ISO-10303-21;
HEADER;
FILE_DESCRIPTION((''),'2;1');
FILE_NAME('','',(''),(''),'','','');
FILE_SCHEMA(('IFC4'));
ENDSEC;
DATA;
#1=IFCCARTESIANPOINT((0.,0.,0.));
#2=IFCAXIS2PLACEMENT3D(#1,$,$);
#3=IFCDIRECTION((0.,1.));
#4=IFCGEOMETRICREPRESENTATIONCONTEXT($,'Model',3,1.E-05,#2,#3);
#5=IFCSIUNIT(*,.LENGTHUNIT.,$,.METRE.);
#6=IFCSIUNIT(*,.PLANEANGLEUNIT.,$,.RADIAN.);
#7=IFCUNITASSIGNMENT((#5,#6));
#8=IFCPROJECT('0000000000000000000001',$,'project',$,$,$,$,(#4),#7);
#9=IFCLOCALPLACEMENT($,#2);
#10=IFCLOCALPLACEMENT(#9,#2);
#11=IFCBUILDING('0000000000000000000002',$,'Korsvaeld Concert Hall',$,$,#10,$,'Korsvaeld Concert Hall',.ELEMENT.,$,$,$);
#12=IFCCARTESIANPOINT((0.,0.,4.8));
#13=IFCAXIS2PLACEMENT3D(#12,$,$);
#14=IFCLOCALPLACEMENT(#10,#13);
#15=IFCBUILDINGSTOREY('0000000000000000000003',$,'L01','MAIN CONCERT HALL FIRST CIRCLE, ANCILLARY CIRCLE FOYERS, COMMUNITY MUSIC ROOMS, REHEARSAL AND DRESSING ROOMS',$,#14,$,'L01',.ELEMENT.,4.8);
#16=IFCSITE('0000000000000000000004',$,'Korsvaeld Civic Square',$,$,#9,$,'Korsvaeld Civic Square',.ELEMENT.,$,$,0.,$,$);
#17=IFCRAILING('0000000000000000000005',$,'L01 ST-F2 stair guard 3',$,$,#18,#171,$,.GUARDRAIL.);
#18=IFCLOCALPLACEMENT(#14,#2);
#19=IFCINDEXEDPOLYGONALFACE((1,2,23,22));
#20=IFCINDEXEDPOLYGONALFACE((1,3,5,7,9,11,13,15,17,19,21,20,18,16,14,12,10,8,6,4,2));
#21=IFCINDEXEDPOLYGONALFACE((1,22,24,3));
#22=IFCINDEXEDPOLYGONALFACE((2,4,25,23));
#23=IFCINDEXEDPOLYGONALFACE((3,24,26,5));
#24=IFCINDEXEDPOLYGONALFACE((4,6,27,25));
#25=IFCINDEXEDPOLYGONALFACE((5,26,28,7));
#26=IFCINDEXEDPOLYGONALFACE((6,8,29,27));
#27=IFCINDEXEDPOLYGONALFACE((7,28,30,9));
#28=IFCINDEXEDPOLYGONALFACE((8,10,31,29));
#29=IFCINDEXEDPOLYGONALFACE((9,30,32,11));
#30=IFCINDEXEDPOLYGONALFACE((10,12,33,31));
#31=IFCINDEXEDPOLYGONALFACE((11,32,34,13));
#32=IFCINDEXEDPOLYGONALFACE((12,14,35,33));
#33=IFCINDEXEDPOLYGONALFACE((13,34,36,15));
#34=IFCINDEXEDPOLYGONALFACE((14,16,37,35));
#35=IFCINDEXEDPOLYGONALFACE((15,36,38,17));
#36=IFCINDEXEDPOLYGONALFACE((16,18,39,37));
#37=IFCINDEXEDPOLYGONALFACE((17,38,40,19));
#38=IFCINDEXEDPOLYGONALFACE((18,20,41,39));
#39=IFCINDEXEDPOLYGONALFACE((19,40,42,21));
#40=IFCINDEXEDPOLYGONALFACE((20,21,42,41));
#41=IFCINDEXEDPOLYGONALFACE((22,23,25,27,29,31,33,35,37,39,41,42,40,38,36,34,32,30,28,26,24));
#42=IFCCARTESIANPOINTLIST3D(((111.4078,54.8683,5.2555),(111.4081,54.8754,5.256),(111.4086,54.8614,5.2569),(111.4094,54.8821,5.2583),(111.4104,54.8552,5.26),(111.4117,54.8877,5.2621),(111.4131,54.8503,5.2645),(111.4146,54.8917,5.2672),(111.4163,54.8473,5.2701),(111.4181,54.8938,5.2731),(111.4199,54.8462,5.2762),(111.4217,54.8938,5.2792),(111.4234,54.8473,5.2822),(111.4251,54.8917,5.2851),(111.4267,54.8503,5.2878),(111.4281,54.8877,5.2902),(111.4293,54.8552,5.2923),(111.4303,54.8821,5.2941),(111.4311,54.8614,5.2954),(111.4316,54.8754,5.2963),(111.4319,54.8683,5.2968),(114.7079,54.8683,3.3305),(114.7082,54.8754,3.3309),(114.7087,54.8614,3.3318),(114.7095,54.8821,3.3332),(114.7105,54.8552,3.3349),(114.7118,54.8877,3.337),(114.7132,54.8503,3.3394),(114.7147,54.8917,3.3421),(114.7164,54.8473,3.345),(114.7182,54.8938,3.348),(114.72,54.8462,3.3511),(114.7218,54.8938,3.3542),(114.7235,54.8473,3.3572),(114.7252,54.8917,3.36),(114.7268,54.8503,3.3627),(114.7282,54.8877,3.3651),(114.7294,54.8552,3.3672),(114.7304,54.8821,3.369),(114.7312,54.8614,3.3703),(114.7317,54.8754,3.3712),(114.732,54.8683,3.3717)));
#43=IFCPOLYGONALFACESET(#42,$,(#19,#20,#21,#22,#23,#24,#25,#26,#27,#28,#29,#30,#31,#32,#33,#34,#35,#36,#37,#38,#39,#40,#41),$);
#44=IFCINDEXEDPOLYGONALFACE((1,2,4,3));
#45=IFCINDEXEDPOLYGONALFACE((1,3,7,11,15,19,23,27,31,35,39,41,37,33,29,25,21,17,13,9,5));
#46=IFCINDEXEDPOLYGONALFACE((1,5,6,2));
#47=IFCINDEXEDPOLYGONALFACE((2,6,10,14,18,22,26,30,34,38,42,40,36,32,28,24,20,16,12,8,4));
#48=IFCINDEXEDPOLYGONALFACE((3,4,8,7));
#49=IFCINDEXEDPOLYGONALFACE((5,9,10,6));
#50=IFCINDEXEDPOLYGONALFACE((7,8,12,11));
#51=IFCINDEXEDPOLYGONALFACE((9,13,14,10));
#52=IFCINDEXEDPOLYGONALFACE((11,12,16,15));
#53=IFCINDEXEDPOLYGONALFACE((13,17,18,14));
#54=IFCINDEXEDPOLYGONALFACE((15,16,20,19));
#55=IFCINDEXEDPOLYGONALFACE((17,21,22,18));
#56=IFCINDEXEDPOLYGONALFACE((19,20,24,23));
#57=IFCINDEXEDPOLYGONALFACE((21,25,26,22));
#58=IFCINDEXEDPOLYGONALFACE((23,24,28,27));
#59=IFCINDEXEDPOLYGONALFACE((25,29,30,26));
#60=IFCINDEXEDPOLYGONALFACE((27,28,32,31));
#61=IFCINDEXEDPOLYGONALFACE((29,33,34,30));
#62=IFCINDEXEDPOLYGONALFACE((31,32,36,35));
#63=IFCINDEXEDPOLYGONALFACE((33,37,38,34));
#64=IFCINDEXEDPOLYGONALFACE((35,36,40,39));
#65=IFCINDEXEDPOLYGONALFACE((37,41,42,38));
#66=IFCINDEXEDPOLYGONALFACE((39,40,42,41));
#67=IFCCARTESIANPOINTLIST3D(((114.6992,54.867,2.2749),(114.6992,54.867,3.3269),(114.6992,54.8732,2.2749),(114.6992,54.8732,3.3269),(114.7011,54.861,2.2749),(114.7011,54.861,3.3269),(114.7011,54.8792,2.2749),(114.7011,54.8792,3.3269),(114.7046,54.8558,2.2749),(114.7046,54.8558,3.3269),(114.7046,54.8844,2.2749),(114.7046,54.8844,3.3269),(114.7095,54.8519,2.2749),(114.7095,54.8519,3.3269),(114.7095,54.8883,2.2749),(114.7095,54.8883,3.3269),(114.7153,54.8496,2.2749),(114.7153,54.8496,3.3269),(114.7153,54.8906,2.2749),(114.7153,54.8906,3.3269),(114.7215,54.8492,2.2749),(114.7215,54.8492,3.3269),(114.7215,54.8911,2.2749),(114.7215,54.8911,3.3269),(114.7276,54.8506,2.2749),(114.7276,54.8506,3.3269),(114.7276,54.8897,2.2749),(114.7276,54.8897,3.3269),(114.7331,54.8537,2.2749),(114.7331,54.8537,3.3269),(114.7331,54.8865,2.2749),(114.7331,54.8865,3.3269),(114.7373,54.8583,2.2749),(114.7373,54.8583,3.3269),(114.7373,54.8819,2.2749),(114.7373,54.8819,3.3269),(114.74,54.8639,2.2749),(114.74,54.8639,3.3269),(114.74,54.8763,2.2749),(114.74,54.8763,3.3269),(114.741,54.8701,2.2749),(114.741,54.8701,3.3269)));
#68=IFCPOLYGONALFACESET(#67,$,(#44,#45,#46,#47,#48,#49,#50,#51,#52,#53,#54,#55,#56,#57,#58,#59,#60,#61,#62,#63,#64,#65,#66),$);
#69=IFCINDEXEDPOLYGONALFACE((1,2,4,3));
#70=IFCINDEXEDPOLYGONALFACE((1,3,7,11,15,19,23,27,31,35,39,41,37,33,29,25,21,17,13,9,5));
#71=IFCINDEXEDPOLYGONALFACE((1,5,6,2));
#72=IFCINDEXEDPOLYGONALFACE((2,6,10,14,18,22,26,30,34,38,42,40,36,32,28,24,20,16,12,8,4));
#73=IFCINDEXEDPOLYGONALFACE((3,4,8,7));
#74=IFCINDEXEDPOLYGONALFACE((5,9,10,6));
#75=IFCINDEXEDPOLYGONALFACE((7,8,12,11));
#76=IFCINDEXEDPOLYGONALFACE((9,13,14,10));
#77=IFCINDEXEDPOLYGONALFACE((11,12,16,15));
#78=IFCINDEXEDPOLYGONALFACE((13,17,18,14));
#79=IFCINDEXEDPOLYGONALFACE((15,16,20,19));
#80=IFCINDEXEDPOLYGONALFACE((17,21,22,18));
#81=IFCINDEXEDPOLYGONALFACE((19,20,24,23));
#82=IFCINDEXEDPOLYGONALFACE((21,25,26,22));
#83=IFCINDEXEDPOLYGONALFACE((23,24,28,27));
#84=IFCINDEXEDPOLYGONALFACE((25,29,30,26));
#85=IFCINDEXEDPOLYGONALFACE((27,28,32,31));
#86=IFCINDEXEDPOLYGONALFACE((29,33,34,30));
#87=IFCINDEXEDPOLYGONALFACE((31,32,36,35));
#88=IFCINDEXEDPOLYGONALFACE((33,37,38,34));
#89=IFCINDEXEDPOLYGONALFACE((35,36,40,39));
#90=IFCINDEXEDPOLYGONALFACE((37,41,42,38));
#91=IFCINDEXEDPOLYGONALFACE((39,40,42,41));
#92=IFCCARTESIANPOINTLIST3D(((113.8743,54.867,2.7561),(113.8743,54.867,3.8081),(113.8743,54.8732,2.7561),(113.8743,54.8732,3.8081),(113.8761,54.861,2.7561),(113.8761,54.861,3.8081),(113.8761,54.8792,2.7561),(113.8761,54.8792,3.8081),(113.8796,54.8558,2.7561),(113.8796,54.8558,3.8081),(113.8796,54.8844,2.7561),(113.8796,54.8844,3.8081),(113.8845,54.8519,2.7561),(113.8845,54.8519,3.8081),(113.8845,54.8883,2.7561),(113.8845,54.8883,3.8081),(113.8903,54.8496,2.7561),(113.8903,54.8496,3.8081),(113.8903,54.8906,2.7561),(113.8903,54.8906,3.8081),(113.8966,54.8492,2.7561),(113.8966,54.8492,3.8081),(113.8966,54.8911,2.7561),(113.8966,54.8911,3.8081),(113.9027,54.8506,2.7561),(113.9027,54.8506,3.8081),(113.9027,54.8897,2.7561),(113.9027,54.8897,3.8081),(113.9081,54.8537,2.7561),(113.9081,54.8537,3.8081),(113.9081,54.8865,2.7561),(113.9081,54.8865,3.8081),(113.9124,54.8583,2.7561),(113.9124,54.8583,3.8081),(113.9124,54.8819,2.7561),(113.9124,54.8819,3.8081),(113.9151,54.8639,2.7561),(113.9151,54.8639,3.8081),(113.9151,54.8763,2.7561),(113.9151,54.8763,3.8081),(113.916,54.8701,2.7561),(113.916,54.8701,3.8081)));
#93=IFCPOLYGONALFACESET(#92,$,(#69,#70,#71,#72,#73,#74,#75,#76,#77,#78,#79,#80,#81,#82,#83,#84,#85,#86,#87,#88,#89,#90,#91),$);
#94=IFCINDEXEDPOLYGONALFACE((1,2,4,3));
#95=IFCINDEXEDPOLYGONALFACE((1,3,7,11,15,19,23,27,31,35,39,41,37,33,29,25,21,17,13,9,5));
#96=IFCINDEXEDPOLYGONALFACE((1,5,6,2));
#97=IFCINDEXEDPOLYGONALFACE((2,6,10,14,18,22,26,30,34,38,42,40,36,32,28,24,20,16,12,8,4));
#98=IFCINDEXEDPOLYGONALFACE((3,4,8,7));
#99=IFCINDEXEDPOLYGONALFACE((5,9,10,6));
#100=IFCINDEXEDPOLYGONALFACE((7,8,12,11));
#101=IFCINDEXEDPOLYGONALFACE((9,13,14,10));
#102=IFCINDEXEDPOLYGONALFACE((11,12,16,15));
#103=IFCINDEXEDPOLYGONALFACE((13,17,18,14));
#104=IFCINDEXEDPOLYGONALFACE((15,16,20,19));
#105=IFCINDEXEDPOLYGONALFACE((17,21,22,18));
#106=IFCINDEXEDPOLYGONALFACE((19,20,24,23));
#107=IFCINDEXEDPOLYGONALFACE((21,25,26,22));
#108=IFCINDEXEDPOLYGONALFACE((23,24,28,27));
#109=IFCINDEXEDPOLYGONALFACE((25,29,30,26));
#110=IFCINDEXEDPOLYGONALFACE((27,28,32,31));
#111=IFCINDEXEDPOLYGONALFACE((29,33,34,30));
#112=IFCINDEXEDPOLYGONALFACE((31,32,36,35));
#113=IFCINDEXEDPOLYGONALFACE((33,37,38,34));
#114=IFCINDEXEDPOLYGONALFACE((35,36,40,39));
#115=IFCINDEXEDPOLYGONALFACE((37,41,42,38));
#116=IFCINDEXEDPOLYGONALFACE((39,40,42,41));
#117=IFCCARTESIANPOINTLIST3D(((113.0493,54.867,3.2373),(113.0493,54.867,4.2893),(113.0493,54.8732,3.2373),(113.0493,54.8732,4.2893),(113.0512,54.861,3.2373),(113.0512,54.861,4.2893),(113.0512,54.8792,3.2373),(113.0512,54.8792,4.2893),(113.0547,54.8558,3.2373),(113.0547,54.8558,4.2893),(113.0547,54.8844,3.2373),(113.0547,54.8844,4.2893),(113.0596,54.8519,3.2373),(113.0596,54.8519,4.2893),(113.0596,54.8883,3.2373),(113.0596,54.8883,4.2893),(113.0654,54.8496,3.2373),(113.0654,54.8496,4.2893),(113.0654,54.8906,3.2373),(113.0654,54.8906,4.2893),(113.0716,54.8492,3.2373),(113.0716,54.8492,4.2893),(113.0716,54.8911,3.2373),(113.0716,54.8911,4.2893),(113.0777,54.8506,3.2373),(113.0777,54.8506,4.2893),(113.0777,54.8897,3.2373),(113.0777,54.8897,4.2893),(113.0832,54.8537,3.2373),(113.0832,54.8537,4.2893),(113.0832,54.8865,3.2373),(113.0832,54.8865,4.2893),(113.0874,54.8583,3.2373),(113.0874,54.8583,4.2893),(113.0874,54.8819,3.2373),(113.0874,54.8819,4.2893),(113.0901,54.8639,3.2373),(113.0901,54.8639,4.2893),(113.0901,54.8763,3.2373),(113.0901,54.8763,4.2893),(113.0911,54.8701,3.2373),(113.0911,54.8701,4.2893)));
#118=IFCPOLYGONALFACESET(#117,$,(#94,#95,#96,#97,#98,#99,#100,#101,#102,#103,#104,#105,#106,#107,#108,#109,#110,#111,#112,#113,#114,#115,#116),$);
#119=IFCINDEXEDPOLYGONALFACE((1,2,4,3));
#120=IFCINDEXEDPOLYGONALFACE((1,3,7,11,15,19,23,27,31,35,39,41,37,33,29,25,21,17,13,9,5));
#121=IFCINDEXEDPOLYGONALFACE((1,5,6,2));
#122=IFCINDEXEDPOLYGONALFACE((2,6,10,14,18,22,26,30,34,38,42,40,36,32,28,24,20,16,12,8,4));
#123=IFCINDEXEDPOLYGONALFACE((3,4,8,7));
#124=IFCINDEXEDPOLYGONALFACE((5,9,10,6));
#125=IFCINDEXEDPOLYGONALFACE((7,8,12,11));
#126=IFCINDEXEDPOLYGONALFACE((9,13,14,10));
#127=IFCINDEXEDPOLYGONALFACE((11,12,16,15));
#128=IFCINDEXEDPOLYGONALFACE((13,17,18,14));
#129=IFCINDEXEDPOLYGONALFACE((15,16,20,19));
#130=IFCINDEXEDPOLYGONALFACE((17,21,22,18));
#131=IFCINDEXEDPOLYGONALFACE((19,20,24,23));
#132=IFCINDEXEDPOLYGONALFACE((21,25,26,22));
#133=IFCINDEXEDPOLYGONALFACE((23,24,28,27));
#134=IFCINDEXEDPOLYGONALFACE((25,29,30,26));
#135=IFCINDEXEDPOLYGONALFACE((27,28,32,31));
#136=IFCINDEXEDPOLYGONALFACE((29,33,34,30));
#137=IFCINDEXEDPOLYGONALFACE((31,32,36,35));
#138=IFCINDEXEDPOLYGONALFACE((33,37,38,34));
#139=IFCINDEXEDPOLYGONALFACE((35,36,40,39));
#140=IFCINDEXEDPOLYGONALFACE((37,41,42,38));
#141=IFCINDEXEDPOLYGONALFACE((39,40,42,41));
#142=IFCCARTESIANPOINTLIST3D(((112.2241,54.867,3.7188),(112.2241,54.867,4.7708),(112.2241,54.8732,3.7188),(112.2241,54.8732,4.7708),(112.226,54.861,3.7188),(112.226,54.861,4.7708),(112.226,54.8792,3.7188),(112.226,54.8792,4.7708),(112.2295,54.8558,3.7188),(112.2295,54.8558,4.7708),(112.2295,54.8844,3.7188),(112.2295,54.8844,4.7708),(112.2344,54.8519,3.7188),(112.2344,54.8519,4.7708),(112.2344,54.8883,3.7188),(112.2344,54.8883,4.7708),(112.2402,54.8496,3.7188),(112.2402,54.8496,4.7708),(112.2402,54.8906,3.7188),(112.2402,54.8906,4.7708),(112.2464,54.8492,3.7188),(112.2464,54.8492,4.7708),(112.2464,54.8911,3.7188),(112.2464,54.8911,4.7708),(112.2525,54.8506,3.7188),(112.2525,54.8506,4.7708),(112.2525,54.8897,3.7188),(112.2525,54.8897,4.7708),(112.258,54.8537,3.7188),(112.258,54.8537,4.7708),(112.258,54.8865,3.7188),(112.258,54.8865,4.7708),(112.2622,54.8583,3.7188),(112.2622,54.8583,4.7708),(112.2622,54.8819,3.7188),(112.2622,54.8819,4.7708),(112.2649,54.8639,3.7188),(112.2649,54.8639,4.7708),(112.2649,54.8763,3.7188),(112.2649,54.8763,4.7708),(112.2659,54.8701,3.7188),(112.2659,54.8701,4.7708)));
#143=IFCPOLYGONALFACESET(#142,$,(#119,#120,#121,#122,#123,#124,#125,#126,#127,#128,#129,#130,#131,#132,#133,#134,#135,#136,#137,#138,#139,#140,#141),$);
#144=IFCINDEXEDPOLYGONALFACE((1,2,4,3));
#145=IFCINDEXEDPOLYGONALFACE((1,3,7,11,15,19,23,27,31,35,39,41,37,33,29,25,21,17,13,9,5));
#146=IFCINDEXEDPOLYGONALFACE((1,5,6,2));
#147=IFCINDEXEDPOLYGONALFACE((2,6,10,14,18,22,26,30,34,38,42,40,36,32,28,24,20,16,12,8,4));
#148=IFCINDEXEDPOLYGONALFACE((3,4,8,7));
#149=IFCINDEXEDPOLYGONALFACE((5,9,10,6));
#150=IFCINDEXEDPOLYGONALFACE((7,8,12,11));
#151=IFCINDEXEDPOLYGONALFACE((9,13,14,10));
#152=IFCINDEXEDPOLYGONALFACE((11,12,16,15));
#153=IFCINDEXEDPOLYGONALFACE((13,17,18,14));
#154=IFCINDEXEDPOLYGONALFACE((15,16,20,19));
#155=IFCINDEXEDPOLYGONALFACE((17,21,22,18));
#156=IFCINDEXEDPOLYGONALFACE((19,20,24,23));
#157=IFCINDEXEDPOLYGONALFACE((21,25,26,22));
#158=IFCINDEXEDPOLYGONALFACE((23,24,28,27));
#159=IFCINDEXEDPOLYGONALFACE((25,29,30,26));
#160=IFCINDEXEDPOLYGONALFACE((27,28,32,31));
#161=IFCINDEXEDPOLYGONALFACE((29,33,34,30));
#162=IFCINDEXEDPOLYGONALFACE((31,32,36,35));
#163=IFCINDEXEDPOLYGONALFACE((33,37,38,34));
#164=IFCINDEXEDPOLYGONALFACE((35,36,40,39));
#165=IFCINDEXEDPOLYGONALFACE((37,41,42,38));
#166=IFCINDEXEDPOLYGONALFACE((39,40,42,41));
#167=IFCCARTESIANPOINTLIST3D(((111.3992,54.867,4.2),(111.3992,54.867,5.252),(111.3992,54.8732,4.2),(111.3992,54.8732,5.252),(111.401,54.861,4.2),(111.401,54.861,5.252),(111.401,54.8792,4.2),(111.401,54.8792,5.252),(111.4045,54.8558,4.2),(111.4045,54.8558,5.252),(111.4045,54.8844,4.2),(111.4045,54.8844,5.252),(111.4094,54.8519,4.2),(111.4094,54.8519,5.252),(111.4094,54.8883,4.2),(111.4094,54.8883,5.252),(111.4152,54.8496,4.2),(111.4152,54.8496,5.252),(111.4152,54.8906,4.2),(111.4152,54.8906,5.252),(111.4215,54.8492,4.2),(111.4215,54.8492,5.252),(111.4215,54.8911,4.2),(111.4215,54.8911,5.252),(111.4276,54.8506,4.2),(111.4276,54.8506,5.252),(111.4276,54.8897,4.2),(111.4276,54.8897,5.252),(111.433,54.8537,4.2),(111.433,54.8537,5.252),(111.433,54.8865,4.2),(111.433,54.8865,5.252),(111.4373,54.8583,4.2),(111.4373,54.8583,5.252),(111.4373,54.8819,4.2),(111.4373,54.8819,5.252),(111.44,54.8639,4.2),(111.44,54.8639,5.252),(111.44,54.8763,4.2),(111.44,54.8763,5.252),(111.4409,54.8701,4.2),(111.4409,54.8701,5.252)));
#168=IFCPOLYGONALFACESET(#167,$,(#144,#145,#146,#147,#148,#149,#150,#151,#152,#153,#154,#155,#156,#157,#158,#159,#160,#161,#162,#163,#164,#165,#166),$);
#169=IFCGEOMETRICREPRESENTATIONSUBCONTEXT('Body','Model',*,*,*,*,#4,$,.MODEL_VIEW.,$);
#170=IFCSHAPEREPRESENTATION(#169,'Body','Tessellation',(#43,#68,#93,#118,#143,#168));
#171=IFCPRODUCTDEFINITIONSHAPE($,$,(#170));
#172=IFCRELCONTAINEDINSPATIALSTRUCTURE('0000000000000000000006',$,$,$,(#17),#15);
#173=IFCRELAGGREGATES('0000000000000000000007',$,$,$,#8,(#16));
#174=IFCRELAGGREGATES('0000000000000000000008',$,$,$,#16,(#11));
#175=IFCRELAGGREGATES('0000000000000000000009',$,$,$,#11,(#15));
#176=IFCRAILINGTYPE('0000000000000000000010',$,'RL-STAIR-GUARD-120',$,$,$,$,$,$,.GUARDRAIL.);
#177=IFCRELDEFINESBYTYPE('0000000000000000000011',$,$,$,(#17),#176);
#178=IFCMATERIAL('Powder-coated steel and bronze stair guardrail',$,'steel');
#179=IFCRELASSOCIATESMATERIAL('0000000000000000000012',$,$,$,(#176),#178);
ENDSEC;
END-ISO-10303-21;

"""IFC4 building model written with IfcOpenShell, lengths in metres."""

from ifc_helpers import new_model, si_unit, direction, frame, origin, origin_2d, place, context, subcontext, project, spatial, circle, extrude, material, type_object, element, save


model = new_model("IFC4")

# Units and contexts
model_context = context("Model", 3, precision=1e-05, world=origin(), true_north=direction((0.0, 1.0)))
body_context = subcontext(model_context, "Body", "Model", "MODEL_VIEW")
ifc_project = project(units=[si_unit("LENGTHUNIT", "METRE"), si_unit("PLANEANGLEUNIT", "RADIAN")], contexts=[model_context])

# Site, building, storey
site_placement = place(None, origin())
site = spatial("IfcSite", under=ifc_project, at=site_placement, Name="Korsvaeld Civic Square", LongName="Korsvaeld Civic Square", CompositionType="ELEMENT", RefElevation=0.0)
building_placement = place(site_placement, origin())
building = spatial("IfcBuilding", under=site, at=building_placement, Name="Korsvaeld Concert Hall", LongName="Korsvaeld Concert Hall", CompositionType="ELEMENT")
storey_placement = place(building_placement, frame((0.0, 0.0, 4.8)))
storey = spatial("IfcBuildingStorey", under=building, at=storey_placement, Name="L01", Description="MAIN CONCERT HALL FIRST CIRCLE, ANCILLARY CIRCLE FOYERS, COMMUNITY MUSIC ROOMS, REHEARSAL AND DRESSING ROOMS", LongName="L01", CompositionType="ELEMENT", Elevation=4.8)

# Railing
ifc_material_1 = material(Name="Powder-coated steel and bronze stair guardrail", Category="steel")
railing_type_1 = type_object("IfcRailingType", Name="RL-STAIR-GUARD-120", PredefinedType="GUARDRAIL", material=ifc_material_1)
railing_1_placement = place(storey_placement, frame((114.72, 54.8701, 2.2749)))
element("IfcRailing", 1, at=railing_1_placement, inside=storey, type_object=railing_type_1, Name="L01 ST-F2 stair guard 3", PredefinedType="GUARDRAIL", context=body_context, shape_type="SweptSolid", body=[
    extrude(circle(Radius=0.0239, at=origin_2d()), frame((0.0, 0.0, 1.0762), z_axis=(-0.863777, 0.0, 0.503875), x_axis=(0.0, -1.0, 0.0)), (0.0, 0.0, 1.0), 3.8206),
    extrude(circle(Radius=0.021, at=origin_2d()), origin(), (0.0, 0.0, 1.0), 1.052),
    extrude(circle(Radius=0.021, at=origin_2d()), frame((-0.825, 0.0, 0.4812)), (0.0, 0.0, 1.0), 1.052),
    extrude(circle(Radius=0.021, at=origin_2d()), frame((-1.6499, 0.0, 0.9624)), (0.0, 0.0, 1.0), 1.052),
    extrude(circle(Radius=0.021, at=origin_2d()), frame((-2.4751, 0.0, 1.4438)), (0.0, 0.0, 1.0), 1.052),
    extrude(circle(Radius=0.021, at=origin_2d()), frame((-3.3, 0.0, 1.925)), (0.0, 0.0, 1.0), 1.052),
])

save(model, "model.ifc")
